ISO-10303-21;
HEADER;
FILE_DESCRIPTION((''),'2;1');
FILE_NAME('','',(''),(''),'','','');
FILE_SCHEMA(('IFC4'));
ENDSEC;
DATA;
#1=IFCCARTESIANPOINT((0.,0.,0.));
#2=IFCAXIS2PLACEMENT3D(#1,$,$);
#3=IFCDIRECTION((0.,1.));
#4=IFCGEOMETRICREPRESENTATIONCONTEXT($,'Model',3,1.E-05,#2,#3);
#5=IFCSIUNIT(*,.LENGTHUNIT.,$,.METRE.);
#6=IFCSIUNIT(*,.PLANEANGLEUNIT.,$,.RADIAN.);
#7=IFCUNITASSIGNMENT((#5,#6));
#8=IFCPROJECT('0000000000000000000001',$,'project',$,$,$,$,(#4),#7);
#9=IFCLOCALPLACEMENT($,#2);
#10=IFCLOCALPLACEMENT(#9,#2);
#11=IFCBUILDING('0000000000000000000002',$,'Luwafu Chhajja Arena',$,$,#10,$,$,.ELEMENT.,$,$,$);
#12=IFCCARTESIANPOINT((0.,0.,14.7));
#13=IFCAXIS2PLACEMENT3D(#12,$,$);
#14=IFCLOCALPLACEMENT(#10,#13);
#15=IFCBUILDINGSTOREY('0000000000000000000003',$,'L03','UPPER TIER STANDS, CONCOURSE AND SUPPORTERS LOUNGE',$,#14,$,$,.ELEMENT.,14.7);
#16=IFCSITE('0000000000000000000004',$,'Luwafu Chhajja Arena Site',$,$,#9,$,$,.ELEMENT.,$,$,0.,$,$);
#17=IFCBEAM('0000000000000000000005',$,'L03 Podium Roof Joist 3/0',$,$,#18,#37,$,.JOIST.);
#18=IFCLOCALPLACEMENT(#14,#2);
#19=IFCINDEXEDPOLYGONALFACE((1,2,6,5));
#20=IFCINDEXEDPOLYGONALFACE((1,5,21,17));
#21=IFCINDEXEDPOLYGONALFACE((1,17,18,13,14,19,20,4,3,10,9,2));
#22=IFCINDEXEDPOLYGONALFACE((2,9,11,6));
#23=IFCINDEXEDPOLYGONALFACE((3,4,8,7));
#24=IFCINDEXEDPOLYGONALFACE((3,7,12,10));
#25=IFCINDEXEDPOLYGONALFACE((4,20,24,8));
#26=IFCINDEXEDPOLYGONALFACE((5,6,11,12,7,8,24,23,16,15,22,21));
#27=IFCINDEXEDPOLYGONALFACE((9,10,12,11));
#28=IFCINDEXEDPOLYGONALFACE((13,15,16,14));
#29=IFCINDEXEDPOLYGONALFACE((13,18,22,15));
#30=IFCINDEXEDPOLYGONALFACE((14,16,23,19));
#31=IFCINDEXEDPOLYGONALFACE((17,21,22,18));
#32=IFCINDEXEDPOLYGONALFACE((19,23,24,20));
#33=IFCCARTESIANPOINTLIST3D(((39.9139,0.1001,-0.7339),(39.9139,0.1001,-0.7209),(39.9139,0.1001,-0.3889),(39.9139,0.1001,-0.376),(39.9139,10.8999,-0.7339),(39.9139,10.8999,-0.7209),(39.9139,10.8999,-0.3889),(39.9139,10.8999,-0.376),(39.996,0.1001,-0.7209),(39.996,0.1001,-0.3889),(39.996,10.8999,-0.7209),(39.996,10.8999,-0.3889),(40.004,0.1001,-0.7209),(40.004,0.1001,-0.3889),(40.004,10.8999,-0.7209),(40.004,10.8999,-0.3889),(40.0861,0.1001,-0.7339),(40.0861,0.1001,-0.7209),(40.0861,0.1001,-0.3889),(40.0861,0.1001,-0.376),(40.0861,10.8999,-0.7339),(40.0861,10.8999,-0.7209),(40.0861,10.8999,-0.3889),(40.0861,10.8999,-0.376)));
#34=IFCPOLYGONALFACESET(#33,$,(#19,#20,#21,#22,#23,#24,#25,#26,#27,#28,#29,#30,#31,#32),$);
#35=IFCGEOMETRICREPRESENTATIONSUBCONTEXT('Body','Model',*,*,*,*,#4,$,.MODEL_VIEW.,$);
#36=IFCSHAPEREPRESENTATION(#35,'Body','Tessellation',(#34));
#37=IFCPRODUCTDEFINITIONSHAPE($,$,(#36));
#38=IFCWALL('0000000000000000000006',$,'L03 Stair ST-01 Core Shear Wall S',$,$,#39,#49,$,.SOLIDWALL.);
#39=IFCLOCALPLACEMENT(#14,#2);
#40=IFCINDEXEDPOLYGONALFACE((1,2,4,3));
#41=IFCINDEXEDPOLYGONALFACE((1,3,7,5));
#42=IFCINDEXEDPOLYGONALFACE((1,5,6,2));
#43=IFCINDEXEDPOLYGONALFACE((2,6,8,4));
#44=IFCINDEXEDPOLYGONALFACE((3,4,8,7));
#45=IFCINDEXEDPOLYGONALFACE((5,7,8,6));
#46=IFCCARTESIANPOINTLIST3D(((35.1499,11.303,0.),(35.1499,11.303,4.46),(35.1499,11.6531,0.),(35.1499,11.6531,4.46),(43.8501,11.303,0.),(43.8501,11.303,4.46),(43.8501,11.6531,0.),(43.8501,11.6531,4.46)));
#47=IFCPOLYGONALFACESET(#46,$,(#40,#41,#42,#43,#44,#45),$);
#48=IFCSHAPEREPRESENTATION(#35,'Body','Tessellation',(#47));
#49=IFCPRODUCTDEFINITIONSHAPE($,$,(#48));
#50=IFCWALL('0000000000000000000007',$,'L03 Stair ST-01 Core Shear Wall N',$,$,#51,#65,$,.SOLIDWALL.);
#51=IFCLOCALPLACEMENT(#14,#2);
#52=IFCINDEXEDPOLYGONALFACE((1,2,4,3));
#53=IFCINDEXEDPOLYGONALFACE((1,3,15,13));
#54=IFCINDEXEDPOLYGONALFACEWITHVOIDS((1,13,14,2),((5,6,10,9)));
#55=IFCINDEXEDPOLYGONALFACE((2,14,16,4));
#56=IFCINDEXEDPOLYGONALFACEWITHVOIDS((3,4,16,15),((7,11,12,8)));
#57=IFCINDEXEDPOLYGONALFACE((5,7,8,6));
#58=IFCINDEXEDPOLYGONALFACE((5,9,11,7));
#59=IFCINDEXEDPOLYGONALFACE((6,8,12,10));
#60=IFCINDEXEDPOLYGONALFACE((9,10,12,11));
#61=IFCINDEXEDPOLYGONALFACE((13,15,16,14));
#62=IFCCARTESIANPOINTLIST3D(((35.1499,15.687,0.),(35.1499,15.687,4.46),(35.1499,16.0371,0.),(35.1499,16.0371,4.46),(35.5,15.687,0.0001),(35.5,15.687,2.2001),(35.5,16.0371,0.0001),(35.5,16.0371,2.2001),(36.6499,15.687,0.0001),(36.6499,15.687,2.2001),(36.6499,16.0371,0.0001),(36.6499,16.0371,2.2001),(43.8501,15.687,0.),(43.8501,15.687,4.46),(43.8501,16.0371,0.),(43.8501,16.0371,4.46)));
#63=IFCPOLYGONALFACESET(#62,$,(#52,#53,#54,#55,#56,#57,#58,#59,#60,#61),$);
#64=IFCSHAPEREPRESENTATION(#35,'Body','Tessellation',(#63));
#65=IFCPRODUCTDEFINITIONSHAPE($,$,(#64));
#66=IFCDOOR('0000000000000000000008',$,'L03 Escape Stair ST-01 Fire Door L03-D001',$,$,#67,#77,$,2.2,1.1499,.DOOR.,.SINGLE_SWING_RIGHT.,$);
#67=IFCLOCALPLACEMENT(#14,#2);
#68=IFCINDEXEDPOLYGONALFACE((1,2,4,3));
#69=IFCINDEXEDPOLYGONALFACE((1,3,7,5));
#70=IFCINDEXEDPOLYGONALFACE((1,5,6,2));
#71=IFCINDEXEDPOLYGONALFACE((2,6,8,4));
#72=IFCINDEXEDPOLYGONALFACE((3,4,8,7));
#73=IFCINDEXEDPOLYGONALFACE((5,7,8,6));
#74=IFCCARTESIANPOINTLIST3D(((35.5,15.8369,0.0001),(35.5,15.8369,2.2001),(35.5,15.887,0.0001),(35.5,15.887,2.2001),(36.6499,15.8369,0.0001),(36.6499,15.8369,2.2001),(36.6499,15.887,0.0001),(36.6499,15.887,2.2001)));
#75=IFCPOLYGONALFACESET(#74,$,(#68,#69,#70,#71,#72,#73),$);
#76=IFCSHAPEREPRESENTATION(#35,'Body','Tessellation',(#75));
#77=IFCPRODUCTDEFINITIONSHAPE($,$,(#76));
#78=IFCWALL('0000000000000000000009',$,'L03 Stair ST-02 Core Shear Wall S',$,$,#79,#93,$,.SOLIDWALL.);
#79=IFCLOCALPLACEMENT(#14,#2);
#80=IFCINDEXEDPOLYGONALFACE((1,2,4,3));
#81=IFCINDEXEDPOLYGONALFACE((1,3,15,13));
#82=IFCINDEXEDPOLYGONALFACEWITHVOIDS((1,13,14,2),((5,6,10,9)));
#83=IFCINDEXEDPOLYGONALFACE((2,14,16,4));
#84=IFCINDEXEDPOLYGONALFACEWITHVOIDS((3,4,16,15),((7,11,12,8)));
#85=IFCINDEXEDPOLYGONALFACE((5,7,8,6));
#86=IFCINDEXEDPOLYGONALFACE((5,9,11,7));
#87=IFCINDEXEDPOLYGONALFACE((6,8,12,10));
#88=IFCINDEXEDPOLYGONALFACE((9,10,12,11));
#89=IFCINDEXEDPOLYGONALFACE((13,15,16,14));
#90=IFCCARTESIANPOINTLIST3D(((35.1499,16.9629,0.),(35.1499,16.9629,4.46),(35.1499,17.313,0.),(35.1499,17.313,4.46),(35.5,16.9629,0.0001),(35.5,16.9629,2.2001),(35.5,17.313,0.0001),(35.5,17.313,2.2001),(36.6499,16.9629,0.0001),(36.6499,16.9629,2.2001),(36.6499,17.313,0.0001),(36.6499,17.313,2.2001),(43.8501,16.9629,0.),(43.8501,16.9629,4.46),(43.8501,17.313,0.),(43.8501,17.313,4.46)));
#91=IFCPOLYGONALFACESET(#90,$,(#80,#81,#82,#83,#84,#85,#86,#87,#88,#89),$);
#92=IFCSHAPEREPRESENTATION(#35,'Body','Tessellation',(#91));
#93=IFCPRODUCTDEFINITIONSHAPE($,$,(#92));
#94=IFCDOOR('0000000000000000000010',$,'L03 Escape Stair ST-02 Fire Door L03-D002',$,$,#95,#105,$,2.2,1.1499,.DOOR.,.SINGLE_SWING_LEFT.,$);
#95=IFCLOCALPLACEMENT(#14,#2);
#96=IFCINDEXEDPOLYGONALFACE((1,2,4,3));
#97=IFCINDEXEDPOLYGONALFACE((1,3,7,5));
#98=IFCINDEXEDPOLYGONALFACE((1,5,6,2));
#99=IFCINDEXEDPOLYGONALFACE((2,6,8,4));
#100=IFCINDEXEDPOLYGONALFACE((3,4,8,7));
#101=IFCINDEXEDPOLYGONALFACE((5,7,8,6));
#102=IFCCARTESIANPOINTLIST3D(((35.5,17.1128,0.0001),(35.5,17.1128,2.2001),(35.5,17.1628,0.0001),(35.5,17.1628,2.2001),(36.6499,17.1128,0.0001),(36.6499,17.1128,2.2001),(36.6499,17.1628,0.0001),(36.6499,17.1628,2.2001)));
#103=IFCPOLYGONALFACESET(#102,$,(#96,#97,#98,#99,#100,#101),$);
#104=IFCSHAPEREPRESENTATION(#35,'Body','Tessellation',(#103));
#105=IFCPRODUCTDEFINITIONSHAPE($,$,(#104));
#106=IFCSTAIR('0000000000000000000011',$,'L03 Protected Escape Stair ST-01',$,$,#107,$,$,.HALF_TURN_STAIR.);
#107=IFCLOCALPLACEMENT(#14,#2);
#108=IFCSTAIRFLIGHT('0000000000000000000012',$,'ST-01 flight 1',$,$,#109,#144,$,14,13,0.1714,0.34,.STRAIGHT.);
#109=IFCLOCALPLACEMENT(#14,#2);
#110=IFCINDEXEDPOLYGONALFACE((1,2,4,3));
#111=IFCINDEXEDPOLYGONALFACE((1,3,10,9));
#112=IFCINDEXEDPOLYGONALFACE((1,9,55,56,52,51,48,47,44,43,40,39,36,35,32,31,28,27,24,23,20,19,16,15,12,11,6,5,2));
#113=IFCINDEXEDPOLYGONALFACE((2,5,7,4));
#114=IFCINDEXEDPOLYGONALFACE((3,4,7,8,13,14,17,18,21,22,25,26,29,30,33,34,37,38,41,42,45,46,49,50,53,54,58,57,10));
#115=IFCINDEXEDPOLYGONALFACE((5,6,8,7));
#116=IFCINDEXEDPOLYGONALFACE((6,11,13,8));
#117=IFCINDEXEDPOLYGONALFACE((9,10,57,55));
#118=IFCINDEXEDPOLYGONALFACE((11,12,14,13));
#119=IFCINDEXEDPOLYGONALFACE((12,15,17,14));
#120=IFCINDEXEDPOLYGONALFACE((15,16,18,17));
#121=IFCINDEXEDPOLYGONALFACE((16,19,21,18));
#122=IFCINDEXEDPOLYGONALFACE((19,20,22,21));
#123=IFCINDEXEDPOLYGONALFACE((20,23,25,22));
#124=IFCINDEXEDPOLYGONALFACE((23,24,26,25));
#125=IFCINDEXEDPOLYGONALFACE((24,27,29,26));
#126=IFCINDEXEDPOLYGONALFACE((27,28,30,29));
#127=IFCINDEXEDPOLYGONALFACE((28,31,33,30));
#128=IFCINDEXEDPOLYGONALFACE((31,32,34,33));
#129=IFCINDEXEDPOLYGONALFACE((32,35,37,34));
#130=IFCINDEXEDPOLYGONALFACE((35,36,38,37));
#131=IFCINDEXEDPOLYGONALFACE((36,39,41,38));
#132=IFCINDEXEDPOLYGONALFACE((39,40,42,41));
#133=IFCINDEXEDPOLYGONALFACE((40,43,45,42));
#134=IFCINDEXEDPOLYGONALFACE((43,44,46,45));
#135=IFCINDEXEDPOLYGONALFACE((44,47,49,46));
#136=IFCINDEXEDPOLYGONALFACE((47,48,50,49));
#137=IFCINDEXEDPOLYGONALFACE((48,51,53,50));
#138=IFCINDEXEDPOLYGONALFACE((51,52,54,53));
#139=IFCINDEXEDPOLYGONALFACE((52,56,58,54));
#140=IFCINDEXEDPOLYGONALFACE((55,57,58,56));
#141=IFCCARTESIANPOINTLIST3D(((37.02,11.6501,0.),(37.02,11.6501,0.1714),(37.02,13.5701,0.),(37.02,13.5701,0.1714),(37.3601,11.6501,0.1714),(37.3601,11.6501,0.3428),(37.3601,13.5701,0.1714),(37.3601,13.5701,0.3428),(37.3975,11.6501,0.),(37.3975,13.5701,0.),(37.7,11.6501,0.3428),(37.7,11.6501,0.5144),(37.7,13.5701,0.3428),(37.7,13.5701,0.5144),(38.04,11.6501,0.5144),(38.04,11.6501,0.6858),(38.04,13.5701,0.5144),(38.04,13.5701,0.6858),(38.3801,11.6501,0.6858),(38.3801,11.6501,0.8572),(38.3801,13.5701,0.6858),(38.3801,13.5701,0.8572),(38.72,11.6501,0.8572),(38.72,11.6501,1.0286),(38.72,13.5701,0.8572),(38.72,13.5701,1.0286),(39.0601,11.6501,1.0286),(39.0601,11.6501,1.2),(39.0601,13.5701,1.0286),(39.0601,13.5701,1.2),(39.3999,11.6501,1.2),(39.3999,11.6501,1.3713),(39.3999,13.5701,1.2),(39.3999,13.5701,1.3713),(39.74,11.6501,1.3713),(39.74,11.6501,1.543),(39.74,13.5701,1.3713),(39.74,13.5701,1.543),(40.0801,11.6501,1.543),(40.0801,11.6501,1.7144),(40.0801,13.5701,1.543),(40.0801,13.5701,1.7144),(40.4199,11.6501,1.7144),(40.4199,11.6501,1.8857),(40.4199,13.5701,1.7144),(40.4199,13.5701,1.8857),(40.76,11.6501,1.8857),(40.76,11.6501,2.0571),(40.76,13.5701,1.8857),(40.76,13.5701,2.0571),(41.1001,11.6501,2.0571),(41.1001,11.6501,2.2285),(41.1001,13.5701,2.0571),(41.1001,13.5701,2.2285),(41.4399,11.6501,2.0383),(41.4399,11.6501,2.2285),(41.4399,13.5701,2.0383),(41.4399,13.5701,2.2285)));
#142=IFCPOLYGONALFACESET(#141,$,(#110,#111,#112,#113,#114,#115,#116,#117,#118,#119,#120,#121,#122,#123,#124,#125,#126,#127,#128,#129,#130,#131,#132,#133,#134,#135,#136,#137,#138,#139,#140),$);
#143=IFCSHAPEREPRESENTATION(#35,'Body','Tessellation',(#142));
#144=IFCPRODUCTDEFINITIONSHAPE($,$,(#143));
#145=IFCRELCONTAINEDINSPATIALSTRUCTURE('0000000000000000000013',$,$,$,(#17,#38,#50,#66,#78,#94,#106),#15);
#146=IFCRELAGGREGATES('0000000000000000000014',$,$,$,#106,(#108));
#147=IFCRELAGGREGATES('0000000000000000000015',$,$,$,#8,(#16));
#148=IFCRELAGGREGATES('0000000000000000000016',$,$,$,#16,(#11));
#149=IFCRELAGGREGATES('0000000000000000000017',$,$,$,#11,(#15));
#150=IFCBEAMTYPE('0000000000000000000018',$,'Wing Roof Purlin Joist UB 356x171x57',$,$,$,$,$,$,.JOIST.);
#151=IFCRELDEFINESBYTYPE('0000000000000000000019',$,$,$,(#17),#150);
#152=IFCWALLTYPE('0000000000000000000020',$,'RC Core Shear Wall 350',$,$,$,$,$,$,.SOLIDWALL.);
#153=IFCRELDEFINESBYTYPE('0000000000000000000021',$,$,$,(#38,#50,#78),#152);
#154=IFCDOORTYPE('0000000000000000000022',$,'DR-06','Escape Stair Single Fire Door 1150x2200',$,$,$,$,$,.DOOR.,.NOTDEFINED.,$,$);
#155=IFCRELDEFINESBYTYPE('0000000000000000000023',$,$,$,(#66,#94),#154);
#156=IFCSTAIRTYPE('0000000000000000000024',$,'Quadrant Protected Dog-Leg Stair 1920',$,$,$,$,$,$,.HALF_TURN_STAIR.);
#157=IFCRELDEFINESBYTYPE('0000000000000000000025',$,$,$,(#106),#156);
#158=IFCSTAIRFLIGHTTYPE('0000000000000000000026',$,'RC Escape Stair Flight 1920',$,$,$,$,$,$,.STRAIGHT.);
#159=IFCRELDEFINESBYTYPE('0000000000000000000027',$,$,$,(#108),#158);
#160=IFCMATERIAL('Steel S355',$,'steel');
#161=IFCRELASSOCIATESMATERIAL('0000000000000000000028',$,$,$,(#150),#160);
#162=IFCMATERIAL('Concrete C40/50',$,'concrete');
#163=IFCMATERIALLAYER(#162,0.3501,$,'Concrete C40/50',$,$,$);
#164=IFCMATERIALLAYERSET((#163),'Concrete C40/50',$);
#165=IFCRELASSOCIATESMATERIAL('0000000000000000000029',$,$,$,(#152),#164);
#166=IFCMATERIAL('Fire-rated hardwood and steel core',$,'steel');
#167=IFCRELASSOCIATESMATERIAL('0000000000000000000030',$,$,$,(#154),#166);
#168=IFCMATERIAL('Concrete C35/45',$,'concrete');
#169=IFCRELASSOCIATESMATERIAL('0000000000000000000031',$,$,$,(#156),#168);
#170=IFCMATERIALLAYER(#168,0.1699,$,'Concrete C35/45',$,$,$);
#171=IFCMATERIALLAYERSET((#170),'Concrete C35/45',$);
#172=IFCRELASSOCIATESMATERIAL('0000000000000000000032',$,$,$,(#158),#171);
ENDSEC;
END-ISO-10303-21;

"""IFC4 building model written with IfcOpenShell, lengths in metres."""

from ifc_helpers import new_model, si_unit, direction, frame, frame_2d, origin, origin_2d, place, context, subcontext, project, spatial, polyline, rectangle, i_section, outline, extrude, material, layer, layer_set, material_profile, profile_set, type_object, element, fill, aggregate, save


model = new_model("IFC4")

# Units and contexts
model_context = context("Model", 3, precision=1e-05, world=origin(), true_north=direction((0.0, 1.0)))
body_context = subcontext(model_context, "Body", "Model", "MODEL_VIEW")
ifc_project = project(units=[si_unit("LENGTHUNIT", "METRE"), si_unit("PLANEANGLEUNIT", "RADIAN")], contexts=[model_context])

# Site, building, storey
site_placement = place(None, origin())
site = spatial("IfcSite", under=ifc_project, at=site_placement, Name="Luwafu Chhajja Arena Site", CompositionType="ELEMENT", RefElevation=0.0)
building_placement = place(site_placement, origin())
building = spatial("IfcBuilding", under=site, at=building_placement, Name="Luwafu Chhajja Arena", CompositionType="ELEMENT")
storey_placement = place(building_placement, frame((0.0, 0.0, 14.7)))
storey = spatial("IfcBuildingStorey", under=building, at=storey_placement, Name="L03", Description="UPPER TIER STANDS, CONCOURSE AND SUPPORTERS LOUNGE", CompositionType="ELEMENT", Elevation=14.7)

# Beam
ifc_material_1 = material(Name="Steel S355", Category="steel")
ifc_material_profile = material_profile(ifc_material_1, i_section(OverallWidth=0.1721, OverallDepth=0.3579, WebThickness=0.0081, FlangeThickness=0.0129, at=origin_2d()), Name="UB 356x171x57")
ifc_profile_set = profile_set([ifc_material_profile], Name="Steel S355")
beam_type = type_object("IfcBeamType", Name="Wing Roof Purlin Joist UB 356x171x57", PredefinedType="JOIST", material=ifc_profile_set)
beam_placement = place(storey_placement, frame((40.0, 0.1001, -0.5549), z_axis=(0.0, 1.0, 0.0), x_axis=(-1.0, 0.0, 0.0)))
element("IfcBeam", 1, at=beam_placement, inside=storey, type_object=beam_type, Name="L03 Podium Roof Joist 3/0", PredefinedType="JOIST", context=body_context, shape_type="SweptSolid", body=[
    extrude(i_section(OverallWidth=0.1721, OverallDepth=0.3579, WebThickness=0.0081, FlangeThickness=0.0129, at=origin_2d()), origin(), (0.0, 0.0, 1.0), 10.7998),
])

# Wall
ifc_material_2 = material(Name="Concrete C40/50", Category="concrete")
ifc_layer_1 = layer(ifc_material_2, 0.3501, Name="Concrete C40/50")
ifc_layer_set_1 = layer_set([ifc_layer_1], Name="Concrete C40/50")
wall_type = type_object("IfcWallType", Name="RC Core Shear Wall 350", PredefinedType="SOLIDWALL", material=ifc_layer_set_1)
wall_1_placement = place(storey_placement, frame((35.1499, 11.478, 0.0), z_axis=(0.0, 0.0, 1.0), x_axis=(1.0, 0.0, 0.0)))
element("IfcWall", 2, at=wall_1_placement, inside=storey, type_object=wall_type, Name="L03 Stair ST-01 Core Shear Wall S", PredefinedType="SOLIDWALL", context=body_context, shape_type="SweptSolid", body=[
    extrude(rectangle(XDim=8.7002, YDim=0.3501, at=frame_2d((4.3501, 0.0))), origin(), (0.0, 0.0, 1.0), 4.46),
])

# Walls, openings, doors
wall_2_placement = place(storey_placement, frame((35.1499, 15.8621, 0.0), z_axis=(0.0, 0.0, 1.0), x_axis=(1.0, 0.0, 0.0)))
wall_2 = element("IfcWall", 3, at=wall_2_placement, inside=storey, type_object=wall_type, Name="L03 Stair ST-01 Core Shear Wall N", PredefinedType="SOLIDWALL", context=body_context, shape_type="SweptSolid", body=[
    extrude(rectangle(XDim=8.7002, YDim=0.3501, at=frame_2d((4.3501, 0.0))), origin(), (0.0, 0.0, 1.0), 4.46),
])
opening_1_placement = place(wall_2_placement, frame((0.3501, 0.0, 0.0)))
opening_1 = element("IfcOpeningElement", 4, at=opening_1_placement, cuts=wall_2, PredefinedType="OPENING", context=body_context, shape_type="SweptSolid", body=[
    extrude(rectangle(XDim=1.1499, YDim=2.2, at=frame_2d((0.575, 1.1001))), frame((0.0, 0.1851, 0.0), z_axis=(0.0, -1.0, 0.0), x_axis=(1.0, 0.0, 0.0)), (0.0, 0.0, 1.0), 0.3701),
])
ifc_material_3 = material(Name="Fire-rated hardwood and steel core", Category="steel")
door_type = type_object("IfcDoorType", Name="DR-06", Description="Escape Stair Single Fire Door 1150x2200", OperationType="NOTDEFINED", PredefinedType="DOOR", material=ifc_material_3)
door_1_placement = place(opening_1_placement, origin())
door_1 = element("IfcDoor", 5, at=door_1_placement, inside=storey, type_object=door_type, Name="L03 Escape Stair ST-01 Fire Door L03-D001", OperationType="SINGLE_SWING_RIGHT", OverallHeight=2.2, OverallWidth=1.1499, PredefinedType="DOOR", context=body_context, shape_type="SweptSolid", body=[
    extrude(rectangle(XDim=1.1499, YDim=2.2, at=frame_2d((0.575, 1.1001))), frame((0.0, 0.0249, 0.0), z_axis=(0.0, -1.0, 0.0), x_axis=(1.0, 0.0, 0.0)), (0.0, 0.0, 1.0), 0.05),
])
fill(opening_1, door_1)
wall_3_placement = place(storey_placement, frame((35.1499, 17.1379, 0.0), z_axis=(0.0, 0.0, 1.0), x_axis=(1.0, 0.0, 0.0)))
wall_3 = element("IfcWall", 6, at=wall_3_placement, inside=storey, type_object=wall_type, Name="L03 Stair ST-02 Core Shear Wall S", PredefinedType="SOLIDWALL", context=body_context, shape_type="SweptSolid", body=[
    extrude(rectangle(XDim=8.7002, YDim=0.3501, at=frame_2d((4.3501, 0.0))), origin(), (0.0, 0.0, 1.0), 4.46),
])
opening_2_placement = place(wall_3_placement, frame((0.3501, 0.0, 0.0)))
opening_2 = element("IfcOpeningElement", 7, at=opening_2_placement, cuts=wall_3, PredefinedType="OPENING", context=body_context, shape_type="SweptSolid", body=[
    extrude(rectangle(XDim=1.1499, YDim=2.2, at=frame_2d((0.575, 1.1001))), frame((0.0, 0.1851, 0.0), z_axis=(0.0, -1.0, 0.0), x_axis=(1.0, 0.0, 0.0)), (0.0, 0.0, 1.0), 0.3701),
])
door_2_placement = place(opening_2_placement, origin())
door_2 = element("IfcDoor", 8, at=door_2_placement, inside=storey, type_object=door_type, Name="L03 Escape Stair ST-02 Fire Door L03-D002", OperationType="SINGLE_SWING_LEFT", OverallHeight=2.2, OverallWidth=1.1499, PredefinedType="DOOR", context=body_context, shape_type="SweptSolid", body=[
    extrude(rectangle(XDim=1.1499, YDim=2.2, at=frame_2d((0.575, 1.1001))), frame((0.0, 0.0249, 0.0), z_axis=(0.0, -1.0, 0.0), x_axis=(1.0, 0.0, 0.0)), (0.0, 0.0, 1.0), 0.05),
])
fill(opening_2, door_2)

# Stair, stair flight
ifc_material_4 = material(Name="Concrete C35/45", Category="concrete")
stair_type = type_object("IfcStairType", Name="Quadrant Protected Dog-Leg Stair 1920", PredefinedType="HALF_TURN_STAIR", material=ifc_material_4)
stair_1_placement = place(storey_placement, origin())
stair_1 = element("IfcStair", 9, at=stair_1_placement, inside=storey, type_object=stair_type, Name="L03 Protected Escape Stair ST-01", PredefinedType="HALF_TURN_STAIR")
ifc_layer_2 = layer(ifc_material_4, 0.1699, Name="Concrete C35/45")
ifc_layer_set_2 = layer_set([ifc_layer_2], Name="Concrete C35/45")
stair_flight_type = type_object("IfcStairFlightType", Name="RC Escape Stair Flight 1920", PredefinedType="STRAIGHT", material=ifc_layer_set_2)
stair_flight_1_placement = place(storey_placement, frame((37.02, 12.6101, 0.0), z_axis=(0.0, 0.0, 1.0), x_axis=(1.0, 0.0, 0.0)))
stair_flight_1 = element("IfcStairFlight", 10, at=stair_flight_1_placement, type_object=stair_flight_type, Name="ST-01 flight 1", NumberOfRisers=14, NumberOfTreads=13, PredefinedType="STRAIGHT", RiserHeight=0.1714, TreadLength=0.34, context=body_context, shape_type="SweptSolid", body=[
    extrude(outline(polyline([(0.0, 0.0), (0.0, 0.1714), (0.3401, 0.1714), (0.3401, 0.3428), (0.6799, 0.3428), (0.6799, 0.5144), (1.02, 0.5144), (1.02, 0.6858), (1.3601, 0.6858), (1.3601, 0.8572), (1.7, 0.8572), (1.7, 1.0286), (2.04, 1.0286), (2.04, 1.2), (2.3799, 1.2), (2.3799, 1.3713), (2.72, 1.3713), (2.72, 1.543), (3.0601, 1.543), (3.0601, 1.7144), (3.3999, 1.7144), (3.3999, 1.8857), (3.74, 1.8857), (3.74, 2.0571), (4.0801, 2.0571), (4.0801, 2.2285), (4.4199, 2.2285), (4.4199, 2.3999), (4.4199, 2.0383), (0.3774, 0.0), (0.0, 0.0)])), frame((0.0, 0.96, 0.0), z_axis=(0.0, -1.0, 0.0), x_axis=(1.0, 0.0, 0.0)), (0.0, 0.0, 1.0), 1.9199),
])
aggregate(stair_1, [stair_flight_1])

save(model, "model.ifc")
